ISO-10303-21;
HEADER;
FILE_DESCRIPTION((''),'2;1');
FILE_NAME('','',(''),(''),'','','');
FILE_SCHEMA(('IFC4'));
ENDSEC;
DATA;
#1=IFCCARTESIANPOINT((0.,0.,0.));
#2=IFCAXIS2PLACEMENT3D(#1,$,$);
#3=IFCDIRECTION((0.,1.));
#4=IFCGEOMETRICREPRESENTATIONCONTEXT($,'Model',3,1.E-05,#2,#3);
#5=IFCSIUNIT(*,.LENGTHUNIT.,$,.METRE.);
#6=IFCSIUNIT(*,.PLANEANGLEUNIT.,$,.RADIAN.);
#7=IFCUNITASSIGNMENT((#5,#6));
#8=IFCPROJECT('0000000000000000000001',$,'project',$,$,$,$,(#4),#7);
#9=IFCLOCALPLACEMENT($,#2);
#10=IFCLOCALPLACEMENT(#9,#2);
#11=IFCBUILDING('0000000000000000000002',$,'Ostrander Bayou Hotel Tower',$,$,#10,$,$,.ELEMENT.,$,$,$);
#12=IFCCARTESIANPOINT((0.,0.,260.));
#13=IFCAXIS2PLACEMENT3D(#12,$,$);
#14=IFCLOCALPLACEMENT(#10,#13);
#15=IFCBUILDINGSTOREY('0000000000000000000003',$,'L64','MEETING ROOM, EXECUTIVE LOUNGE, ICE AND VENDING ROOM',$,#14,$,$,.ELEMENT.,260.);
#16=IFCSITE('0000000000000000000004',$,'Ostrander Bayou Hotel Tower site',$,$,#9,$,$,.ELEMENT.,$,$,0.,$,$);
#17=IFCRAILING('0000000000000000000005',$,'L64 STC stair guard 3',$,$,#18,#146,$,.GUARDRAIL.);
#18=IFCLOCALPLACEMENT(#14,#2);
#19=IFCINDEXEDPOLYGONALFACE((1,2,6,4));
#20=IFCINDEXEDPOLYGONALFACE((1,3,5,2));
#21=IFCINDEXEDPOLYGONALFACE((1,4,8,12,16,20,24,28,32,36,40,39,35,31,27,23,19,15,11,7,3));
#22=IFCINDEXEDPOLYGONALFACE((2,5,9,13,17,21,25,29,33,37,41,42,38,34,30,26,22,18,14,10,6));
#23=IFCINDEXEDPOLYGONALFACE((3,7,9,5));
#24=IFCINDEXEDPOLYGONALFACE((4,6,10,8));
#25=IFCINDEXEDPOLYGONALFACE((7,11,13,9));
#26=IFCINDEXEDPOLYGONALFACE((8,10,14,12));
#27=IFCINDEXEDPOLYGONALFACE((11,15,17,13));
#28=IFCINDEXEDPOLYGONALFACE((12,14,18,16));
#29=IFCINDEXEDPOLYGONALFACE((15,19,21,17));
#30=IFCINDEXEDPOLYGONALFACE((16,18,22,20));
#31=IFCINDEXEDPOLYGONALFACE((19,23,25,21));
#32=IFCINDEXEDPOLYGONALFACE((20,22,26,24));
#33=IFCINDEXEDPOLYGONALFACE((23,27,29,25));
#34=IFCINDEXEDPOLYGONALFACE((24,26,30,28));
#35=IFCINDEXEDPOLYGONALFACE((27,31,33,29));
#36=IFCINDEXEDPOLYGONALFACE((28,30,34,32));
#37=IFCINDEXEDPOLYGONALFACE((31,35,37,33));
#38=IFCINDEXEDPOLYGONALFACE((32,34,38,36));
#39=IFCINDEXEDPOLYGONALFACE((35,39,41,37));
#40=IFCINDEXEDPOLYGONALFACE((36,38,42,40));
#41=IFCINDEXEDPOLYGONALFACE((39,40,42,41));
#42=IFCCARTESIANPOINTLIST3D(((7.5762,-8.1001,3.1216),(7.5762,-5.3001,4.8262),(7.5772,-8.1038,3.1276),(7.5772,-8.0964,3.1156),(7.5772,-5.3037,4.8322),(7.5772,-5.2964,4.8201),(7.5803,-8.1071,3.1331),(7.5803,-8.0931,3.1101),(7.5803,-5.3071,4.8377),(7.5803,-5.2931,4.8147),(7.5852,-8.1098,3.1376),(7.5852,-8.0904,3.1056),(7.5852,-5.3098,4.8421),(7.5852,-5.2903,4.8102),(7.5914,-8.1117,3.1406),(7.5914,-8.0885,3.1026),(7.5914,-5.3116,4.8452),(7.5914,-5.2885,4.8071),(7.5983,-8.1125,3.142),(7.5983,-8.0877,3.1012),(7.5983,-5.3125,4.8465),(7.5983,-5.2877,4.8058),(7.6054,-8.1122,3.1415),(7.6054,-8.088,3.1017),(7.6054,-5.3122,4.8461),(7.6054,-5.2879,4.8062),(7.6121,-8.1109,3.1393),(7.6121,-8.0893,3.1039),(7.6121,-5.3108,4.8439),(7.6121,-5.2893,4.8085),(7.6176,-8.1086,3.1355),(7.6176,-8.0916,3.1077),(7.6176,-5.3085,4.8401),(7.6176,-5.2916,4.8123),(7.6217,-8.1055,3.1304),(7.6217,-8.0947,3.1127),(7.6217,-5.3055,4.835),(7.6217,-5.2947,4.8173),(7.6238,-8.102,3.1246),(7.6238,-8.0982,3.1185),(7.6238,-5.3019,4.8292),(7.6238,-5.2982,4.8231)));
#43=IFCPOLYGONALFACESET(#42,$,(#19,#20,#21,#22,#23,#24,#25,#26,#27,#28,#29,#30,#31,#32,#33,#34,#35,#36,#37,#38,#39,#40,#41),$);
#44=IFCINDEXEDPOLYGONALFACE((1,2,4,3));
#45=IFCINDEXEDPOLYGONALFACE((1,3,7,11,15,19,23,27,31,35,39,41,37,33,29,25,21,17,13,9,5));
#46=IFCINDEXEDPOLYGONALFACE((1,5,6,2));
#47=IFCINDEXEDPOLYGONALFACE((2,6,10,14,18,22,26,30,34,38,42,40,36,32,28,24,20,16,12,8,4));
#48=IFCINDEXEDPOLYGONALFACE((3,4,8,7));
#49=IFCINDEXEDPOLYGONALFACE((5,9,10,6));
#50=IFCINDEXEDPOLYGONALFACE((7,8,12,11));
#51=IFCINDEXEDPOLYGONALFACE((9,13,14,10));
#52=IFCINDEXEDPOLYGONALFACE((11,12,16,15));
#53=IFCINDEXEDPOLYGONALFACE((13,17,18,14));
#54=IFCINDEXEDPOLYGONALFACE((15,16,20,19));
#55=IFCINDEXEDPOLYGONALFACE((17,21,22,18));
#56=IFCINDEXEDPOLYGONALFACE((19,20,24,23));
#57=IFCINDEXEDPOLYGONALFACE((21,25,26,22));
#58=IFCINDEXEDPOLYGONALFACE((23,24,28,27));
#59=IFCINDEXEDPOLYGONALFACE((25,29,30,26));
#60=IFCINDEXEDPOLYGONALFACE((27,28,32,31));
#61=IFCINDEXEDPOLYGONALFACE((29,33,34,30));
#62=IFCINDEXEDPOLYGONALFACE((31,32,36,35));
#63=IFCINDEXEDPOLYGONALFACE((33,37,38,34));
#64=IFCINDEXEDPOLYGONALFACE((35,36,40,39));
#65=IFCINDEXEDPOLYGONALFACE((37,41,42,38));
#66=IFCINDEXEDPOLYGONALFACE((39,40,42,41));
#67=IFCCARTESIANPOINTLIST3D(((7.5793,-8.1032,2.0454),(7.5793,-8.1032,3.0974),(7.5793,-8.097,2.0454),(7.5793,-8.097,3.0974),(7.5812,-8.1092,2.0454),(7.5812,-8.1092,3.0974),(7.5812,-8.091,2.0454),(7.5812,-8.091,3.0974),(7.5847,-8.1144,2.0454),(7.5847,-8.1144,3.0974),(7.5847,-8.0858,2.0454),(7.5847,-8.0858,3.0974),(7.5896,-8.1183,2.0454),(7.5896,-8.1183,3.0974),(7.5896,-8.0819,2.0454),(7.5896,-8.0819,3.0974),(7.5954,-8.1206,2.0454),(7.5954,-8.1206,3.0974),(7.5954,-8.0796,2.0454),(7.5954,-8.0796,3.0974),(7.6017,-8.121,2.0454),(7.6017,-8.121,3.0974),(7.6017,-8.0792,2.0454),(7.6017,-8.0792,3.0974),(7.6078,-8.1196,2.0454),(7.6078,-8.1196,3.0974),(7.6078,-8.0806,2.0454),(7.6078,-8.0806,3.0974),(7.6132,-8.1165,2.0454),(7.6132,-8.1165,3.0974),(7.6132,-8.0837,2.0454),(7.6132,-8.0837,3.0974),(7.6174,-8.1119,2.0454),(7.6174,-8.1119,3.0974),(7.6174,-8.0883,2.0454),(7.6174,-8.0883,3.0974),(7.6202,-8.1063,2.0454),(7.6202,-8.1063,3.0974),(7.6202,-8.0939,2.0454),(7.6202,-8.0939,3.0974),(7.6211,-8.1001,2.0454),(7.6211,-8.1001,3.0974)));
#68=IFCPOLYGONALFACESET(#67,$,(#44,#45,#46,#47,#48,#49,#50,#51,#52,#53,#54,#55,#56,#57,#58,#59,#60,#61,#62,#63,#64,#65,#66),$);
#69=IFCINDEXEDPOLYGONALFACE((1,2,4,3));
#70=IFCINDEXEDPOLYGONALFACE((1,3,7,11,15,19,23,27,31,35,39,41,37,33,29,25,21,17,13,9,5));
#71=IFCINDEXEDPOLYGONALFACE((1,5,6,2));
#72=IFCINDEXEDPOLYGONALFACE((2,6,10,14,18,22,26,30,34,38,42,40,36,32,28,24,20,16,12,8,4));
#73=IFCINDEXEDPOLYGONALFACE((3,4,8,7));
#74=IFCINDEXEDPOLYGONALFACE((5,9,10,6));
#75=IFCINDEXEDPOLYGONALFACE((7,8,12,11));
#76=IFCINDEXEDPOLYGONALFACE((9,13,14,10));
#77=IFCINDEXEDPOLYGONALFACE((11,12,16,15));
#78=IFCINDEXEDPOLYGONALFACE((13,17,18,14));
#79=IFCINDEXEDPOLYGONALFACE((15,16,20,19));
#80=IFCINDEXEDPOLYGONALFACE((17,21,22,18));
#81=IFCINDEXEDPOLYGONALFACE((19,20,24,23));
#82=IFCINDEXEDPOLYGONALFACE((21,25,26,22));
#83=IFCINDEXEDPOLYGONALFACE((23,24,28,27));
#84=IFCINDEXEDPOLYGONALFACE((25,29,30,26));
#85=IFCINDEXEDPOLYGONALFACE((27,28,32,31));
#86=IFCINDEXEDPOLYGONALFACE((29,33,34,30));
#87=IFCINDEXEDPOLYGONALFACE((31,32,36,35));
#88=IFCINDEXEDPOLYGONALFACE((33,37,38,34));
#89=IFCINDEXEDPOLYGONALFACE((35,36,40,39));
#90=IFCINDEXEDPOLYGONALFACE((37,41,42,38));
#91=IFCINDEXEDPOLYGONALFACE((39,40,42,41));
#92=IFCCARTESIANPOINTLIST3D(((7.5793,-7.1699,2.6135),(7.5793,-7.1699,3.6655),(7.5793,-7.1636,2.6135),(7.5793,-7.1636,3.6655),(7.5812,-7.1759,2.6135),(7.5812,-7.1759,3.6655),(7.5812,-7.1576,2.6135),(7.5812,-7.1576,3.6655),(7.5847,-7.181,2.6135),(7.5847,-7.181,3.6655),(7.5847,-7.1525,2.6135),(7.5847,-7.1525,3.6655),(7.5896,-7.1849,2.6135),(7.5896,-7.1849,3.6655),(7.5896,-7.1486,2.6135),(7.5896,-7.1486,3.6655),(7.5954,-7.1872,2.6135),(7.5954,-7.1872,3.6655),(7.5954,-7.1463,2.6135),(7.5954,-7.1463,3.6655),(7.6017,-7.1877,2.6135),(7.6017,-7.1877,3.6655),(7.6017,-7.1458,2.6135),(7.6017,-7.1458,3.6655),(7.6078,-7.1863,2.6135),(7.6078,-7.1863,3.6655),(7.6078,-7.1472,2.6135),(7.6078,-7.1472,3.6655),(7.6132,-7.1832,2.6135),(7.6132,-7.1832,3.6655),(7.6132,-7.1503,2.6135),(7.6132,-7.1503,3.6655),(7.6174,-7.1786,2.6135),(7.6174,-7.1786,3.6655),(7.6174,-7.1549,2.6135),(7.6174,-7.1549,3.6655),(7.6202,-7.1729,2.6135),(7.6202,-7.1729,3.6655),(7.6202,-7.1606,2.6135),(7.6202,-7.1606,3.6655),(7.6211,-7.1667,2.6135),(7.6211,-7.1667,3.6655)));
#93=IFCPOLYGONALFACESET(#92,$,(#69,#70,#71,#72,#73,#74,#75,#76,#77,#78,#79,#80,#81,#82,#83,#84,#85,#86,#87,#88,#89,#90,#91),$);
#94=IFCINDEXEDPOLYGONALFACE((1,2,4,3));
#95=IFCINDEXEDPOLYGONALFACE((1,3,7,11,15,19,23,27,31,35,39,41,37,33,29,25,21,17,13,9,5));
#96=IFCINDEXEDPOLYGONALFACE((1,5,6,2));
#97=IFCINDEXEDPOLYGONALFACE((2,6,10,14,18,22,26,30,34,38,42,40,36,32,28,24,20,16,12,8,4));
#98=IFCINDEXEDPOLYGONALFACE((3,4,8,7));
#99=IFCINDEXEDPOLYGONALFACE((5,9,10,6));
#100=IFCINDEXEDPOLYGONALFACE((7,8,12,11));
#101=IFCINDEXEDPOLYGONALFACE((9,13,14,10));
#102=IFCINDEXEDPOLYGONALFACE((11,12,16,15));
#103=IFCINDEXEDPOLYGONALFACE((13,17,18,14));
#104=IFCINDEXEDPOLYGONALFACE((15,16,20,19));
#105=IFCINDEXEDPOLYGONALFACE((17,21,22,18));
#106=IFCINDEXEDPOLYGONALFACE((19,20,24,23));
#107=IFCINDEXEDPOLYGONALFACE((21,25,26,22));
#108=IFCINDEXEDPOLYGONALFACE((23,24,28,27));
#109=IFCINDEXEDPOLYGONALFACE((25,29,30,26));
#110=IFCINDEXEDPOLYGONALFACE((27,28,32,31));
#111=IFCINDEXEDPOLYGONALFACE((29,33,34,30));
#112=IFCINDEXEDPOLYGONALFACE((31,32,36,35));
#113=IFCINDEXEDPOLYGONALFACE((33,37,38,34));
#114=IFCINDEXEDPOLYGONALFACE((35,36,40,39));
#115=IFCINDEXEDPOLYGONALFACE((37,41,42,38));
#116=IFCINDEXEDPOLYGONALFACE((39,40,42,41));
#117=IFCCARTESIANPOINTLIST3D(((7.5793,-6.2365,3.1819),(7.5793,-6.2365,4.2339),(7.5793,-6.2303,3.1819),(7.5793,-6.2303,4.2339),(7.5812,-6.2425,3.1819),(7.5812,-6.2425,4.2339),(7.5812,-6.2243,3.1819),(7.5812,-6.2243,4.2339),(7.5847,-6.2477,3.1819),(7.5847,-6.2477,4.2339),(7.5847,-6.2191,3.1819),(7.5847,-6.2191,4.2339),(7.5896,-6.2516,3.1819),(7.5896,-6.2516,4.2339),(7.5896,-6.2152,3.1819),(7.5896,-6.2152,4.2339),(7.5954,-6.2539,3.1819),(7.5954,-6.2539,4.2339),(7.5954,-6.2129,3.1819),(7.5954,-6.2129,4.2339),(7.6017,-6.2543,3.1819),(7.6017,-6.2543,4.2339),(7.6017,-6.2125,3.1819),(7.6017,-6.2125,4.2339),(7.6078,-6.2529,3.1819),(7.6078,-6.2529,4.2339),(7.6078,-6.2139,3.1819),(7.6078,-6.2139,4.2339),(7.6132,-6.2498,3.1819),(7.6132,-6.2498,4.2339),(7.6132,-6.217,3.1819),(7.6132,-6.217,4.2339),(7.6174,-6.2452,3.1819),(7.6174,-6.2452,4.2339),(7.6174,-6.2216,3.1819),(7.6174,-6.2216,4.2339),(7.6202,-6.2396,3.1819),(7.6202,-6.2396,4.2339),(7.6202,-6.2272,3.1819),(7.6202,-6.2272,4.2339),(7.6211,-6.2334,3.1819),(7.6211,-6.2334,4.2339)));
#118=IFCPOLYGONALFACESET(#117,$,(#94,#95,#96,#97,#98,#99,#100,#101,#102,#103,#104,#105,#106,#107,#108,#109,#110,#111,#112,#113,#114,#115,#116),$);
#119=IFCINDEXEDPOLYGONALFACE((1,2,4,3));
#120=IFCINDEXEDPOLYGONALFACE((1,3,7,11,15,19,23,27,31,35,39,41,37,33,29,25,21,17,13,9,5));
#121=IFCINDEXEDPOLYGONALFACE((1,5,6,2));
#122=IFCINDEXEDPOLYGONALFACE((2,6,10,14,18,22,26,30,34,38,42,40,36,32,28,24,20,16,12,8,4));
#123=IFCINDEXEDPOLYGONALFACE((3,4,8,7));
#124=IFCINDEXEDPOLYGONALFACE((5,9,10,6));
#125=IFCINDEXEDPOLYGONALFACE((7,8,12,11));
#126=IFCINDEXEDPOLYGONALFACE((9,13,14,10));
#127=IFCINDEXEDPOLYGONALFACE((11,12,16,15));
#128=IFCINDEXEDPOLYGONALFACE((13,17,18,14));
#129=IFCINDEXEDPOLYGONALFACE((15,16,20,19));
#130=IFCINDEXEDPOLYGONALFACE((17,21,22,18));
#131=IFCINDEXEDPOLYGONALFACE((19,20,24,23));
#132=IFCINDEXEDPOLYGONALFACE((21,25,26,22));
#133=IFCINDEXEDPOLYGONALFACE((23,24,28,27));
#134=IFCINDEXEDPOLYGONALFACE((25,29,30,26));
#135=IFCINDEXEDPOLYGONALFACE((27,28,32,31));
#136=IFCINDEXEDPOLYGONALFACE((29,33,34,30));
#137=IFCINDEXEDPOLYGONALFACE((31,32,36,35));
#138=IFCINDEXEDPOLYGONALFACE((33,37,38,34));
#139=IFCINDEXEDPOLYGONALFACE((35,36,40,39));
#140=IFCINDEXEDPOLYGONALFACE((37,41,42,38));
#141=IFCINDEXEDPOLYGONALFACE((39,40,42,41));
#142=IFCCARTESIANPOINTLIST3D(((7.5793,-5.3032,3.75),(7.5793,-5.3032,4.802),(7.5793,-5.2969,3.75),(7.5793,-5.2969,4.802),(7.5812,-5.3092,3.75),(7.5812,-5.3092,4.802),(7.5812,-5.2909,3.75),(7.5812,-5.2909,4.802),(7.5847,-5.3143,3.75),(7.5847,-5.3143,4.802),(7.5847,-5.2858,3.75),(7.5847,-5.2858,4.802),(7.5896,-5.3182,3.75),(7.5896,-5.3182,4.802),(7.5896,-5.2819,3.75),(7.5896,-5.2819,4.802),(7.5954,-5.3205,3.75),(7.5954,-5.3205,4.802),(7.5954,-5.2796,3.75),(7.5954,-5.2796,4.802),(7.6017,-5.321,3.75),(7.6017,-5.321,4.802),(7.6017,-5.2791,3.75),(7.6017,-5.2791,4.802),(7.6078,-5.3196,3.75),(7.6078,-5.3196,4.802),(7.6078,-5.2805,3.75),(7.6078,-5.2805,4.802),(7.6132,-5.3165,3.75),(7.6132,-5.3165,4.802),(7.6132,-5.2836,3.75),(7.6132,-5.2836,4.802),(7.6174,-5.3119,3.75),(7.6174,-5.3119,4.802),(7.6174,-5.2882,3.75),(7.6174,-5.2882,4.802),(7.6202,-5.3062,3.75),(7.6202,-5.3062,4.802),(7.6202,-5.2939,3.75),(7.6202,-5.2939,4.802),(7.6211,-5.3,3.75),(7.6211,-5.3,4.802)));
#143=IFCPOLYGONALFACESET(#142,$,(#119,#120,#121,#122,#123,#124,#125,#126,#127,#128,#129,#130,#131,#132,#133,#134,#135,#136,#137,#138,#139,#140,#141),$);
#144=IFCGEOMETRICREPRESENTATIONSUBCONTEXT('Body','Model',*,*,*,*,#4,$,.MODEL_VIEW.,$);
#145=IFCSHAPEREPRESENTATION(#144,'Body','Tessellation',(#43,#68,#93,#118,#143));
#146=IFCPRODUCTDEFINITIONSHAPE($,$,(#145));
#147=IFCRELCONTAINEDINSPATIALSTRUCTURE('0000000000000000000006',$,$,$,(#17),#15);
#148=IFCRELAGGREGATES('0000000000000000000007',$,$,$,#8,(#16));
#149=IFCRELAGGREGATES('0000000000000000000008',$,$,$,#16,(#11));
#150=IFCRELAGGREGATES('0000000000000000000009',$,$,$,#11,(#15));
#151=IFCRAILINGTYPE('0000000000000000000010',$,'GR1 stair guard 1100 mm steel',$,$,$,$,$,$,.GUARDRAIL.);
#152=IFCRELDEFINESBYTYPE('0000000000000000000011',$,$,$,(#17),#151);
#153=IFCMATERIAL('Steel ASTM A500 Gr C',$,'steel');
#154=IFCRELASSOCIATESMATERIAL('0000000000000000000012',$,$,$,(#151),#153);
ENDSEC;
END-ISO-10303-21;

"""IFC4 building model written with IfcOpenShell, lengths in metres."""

from ifc_helpers import new_model, si_unit, direction, frame, origin, origin_2d, place, context, subcontext, project, spatial, circle, extrude, material, type_object, element, save


model = new_model("IFC4")

# Units and contexts
model_context = context("Model", 3, precision=1e-05, world=origin(), true_north=direction((0.0, 1.0)))
body_context = subcontext(model_context, "Body", "Model", "MODEL_VIEW")
ifc_project = project(units=[si_unit("LENGTHUNIT", "METRE"), si_unit("PLANEANGLEUNIT", "RADIAN")], contexts=[model_context])

# Site, building, storey
site_placement = place(None, origin())
site = spatial("IfcSite", under=ifc_project, at=site_placement, Name="Ostrander Bayou Hotel Tower site", CompositionType="ELEMENT", RefElevation=0.0)
building_placement = place(site_placement, origin())
building = spatial("IfcBuilding", under=site, at=building_placement, Name="Ostrander Bayou Hotel Tower", CompositionType="ELEMENT")
storey_placement = place(building_placement, frame((0.0, 0.0, 260.0)))
storey = spatial("IfcBuildingStorey", under=building, at=storey_placement, Name="L64", Description="MEETING ROOM, EXECUTIVE LOUNGE, ICE AND VENDING ROOM", CompositionType="ELEMENT", Elevation=260.0)

# Railing
ifc_material_1 = material(Name="Steel ASTM A500 Gr C", Category="steel")
railing_type_1 = type_object("IfcRailingType", Name="GR1 stair guard 1100 mm steel", PredefinedType="GUARDRAIL", material=ifc_material_1)
railing_1_placement = place(storey_placement, frame((7.6001, -8.1001, 2.0454)))
element("IfcRailing", 1, at=railing_1_placement, inside=storey, type_object=railing_type_1, Name="L64 STC stair guard 3", PredefinedType="GUARDRAIL", context=body_context, shape_type="SweptSolid", body=[
    extrude(circle(Radius=0.0239, at=origin_2d()), frame((0.0, 0.0, 1.0762), z_axis=(0.0, 0.85417, 0.519994), x_axis=(-1.0, 0.0, 0.0)), (0.0, 0.0, 1.0), 3.2781),
    extrude(circle(Radius=0.021, at=origin_2d()), origin(), (0.0, 0.0, 1.0), 1.052),
    extrude(circle(Radius=0.021, at=origin_2d()), frame((0.0, 0.9333, 0.5681)), (0.0, 0.0, 1.0), 1.052),
    extrude(circle(Radius=0.021, at=origin_2d()), frame((0.0, 1.8667, 1.1365)), (0.0, 0.0, 1.0), 1.052),
    extrude(circle(Radius=0.021, at=origin_2d()), frame((0.0, 2.8, 1.7046)), (0.0, 0.0, 1.0), 1.052),
])

save(model, "model.ifc")
